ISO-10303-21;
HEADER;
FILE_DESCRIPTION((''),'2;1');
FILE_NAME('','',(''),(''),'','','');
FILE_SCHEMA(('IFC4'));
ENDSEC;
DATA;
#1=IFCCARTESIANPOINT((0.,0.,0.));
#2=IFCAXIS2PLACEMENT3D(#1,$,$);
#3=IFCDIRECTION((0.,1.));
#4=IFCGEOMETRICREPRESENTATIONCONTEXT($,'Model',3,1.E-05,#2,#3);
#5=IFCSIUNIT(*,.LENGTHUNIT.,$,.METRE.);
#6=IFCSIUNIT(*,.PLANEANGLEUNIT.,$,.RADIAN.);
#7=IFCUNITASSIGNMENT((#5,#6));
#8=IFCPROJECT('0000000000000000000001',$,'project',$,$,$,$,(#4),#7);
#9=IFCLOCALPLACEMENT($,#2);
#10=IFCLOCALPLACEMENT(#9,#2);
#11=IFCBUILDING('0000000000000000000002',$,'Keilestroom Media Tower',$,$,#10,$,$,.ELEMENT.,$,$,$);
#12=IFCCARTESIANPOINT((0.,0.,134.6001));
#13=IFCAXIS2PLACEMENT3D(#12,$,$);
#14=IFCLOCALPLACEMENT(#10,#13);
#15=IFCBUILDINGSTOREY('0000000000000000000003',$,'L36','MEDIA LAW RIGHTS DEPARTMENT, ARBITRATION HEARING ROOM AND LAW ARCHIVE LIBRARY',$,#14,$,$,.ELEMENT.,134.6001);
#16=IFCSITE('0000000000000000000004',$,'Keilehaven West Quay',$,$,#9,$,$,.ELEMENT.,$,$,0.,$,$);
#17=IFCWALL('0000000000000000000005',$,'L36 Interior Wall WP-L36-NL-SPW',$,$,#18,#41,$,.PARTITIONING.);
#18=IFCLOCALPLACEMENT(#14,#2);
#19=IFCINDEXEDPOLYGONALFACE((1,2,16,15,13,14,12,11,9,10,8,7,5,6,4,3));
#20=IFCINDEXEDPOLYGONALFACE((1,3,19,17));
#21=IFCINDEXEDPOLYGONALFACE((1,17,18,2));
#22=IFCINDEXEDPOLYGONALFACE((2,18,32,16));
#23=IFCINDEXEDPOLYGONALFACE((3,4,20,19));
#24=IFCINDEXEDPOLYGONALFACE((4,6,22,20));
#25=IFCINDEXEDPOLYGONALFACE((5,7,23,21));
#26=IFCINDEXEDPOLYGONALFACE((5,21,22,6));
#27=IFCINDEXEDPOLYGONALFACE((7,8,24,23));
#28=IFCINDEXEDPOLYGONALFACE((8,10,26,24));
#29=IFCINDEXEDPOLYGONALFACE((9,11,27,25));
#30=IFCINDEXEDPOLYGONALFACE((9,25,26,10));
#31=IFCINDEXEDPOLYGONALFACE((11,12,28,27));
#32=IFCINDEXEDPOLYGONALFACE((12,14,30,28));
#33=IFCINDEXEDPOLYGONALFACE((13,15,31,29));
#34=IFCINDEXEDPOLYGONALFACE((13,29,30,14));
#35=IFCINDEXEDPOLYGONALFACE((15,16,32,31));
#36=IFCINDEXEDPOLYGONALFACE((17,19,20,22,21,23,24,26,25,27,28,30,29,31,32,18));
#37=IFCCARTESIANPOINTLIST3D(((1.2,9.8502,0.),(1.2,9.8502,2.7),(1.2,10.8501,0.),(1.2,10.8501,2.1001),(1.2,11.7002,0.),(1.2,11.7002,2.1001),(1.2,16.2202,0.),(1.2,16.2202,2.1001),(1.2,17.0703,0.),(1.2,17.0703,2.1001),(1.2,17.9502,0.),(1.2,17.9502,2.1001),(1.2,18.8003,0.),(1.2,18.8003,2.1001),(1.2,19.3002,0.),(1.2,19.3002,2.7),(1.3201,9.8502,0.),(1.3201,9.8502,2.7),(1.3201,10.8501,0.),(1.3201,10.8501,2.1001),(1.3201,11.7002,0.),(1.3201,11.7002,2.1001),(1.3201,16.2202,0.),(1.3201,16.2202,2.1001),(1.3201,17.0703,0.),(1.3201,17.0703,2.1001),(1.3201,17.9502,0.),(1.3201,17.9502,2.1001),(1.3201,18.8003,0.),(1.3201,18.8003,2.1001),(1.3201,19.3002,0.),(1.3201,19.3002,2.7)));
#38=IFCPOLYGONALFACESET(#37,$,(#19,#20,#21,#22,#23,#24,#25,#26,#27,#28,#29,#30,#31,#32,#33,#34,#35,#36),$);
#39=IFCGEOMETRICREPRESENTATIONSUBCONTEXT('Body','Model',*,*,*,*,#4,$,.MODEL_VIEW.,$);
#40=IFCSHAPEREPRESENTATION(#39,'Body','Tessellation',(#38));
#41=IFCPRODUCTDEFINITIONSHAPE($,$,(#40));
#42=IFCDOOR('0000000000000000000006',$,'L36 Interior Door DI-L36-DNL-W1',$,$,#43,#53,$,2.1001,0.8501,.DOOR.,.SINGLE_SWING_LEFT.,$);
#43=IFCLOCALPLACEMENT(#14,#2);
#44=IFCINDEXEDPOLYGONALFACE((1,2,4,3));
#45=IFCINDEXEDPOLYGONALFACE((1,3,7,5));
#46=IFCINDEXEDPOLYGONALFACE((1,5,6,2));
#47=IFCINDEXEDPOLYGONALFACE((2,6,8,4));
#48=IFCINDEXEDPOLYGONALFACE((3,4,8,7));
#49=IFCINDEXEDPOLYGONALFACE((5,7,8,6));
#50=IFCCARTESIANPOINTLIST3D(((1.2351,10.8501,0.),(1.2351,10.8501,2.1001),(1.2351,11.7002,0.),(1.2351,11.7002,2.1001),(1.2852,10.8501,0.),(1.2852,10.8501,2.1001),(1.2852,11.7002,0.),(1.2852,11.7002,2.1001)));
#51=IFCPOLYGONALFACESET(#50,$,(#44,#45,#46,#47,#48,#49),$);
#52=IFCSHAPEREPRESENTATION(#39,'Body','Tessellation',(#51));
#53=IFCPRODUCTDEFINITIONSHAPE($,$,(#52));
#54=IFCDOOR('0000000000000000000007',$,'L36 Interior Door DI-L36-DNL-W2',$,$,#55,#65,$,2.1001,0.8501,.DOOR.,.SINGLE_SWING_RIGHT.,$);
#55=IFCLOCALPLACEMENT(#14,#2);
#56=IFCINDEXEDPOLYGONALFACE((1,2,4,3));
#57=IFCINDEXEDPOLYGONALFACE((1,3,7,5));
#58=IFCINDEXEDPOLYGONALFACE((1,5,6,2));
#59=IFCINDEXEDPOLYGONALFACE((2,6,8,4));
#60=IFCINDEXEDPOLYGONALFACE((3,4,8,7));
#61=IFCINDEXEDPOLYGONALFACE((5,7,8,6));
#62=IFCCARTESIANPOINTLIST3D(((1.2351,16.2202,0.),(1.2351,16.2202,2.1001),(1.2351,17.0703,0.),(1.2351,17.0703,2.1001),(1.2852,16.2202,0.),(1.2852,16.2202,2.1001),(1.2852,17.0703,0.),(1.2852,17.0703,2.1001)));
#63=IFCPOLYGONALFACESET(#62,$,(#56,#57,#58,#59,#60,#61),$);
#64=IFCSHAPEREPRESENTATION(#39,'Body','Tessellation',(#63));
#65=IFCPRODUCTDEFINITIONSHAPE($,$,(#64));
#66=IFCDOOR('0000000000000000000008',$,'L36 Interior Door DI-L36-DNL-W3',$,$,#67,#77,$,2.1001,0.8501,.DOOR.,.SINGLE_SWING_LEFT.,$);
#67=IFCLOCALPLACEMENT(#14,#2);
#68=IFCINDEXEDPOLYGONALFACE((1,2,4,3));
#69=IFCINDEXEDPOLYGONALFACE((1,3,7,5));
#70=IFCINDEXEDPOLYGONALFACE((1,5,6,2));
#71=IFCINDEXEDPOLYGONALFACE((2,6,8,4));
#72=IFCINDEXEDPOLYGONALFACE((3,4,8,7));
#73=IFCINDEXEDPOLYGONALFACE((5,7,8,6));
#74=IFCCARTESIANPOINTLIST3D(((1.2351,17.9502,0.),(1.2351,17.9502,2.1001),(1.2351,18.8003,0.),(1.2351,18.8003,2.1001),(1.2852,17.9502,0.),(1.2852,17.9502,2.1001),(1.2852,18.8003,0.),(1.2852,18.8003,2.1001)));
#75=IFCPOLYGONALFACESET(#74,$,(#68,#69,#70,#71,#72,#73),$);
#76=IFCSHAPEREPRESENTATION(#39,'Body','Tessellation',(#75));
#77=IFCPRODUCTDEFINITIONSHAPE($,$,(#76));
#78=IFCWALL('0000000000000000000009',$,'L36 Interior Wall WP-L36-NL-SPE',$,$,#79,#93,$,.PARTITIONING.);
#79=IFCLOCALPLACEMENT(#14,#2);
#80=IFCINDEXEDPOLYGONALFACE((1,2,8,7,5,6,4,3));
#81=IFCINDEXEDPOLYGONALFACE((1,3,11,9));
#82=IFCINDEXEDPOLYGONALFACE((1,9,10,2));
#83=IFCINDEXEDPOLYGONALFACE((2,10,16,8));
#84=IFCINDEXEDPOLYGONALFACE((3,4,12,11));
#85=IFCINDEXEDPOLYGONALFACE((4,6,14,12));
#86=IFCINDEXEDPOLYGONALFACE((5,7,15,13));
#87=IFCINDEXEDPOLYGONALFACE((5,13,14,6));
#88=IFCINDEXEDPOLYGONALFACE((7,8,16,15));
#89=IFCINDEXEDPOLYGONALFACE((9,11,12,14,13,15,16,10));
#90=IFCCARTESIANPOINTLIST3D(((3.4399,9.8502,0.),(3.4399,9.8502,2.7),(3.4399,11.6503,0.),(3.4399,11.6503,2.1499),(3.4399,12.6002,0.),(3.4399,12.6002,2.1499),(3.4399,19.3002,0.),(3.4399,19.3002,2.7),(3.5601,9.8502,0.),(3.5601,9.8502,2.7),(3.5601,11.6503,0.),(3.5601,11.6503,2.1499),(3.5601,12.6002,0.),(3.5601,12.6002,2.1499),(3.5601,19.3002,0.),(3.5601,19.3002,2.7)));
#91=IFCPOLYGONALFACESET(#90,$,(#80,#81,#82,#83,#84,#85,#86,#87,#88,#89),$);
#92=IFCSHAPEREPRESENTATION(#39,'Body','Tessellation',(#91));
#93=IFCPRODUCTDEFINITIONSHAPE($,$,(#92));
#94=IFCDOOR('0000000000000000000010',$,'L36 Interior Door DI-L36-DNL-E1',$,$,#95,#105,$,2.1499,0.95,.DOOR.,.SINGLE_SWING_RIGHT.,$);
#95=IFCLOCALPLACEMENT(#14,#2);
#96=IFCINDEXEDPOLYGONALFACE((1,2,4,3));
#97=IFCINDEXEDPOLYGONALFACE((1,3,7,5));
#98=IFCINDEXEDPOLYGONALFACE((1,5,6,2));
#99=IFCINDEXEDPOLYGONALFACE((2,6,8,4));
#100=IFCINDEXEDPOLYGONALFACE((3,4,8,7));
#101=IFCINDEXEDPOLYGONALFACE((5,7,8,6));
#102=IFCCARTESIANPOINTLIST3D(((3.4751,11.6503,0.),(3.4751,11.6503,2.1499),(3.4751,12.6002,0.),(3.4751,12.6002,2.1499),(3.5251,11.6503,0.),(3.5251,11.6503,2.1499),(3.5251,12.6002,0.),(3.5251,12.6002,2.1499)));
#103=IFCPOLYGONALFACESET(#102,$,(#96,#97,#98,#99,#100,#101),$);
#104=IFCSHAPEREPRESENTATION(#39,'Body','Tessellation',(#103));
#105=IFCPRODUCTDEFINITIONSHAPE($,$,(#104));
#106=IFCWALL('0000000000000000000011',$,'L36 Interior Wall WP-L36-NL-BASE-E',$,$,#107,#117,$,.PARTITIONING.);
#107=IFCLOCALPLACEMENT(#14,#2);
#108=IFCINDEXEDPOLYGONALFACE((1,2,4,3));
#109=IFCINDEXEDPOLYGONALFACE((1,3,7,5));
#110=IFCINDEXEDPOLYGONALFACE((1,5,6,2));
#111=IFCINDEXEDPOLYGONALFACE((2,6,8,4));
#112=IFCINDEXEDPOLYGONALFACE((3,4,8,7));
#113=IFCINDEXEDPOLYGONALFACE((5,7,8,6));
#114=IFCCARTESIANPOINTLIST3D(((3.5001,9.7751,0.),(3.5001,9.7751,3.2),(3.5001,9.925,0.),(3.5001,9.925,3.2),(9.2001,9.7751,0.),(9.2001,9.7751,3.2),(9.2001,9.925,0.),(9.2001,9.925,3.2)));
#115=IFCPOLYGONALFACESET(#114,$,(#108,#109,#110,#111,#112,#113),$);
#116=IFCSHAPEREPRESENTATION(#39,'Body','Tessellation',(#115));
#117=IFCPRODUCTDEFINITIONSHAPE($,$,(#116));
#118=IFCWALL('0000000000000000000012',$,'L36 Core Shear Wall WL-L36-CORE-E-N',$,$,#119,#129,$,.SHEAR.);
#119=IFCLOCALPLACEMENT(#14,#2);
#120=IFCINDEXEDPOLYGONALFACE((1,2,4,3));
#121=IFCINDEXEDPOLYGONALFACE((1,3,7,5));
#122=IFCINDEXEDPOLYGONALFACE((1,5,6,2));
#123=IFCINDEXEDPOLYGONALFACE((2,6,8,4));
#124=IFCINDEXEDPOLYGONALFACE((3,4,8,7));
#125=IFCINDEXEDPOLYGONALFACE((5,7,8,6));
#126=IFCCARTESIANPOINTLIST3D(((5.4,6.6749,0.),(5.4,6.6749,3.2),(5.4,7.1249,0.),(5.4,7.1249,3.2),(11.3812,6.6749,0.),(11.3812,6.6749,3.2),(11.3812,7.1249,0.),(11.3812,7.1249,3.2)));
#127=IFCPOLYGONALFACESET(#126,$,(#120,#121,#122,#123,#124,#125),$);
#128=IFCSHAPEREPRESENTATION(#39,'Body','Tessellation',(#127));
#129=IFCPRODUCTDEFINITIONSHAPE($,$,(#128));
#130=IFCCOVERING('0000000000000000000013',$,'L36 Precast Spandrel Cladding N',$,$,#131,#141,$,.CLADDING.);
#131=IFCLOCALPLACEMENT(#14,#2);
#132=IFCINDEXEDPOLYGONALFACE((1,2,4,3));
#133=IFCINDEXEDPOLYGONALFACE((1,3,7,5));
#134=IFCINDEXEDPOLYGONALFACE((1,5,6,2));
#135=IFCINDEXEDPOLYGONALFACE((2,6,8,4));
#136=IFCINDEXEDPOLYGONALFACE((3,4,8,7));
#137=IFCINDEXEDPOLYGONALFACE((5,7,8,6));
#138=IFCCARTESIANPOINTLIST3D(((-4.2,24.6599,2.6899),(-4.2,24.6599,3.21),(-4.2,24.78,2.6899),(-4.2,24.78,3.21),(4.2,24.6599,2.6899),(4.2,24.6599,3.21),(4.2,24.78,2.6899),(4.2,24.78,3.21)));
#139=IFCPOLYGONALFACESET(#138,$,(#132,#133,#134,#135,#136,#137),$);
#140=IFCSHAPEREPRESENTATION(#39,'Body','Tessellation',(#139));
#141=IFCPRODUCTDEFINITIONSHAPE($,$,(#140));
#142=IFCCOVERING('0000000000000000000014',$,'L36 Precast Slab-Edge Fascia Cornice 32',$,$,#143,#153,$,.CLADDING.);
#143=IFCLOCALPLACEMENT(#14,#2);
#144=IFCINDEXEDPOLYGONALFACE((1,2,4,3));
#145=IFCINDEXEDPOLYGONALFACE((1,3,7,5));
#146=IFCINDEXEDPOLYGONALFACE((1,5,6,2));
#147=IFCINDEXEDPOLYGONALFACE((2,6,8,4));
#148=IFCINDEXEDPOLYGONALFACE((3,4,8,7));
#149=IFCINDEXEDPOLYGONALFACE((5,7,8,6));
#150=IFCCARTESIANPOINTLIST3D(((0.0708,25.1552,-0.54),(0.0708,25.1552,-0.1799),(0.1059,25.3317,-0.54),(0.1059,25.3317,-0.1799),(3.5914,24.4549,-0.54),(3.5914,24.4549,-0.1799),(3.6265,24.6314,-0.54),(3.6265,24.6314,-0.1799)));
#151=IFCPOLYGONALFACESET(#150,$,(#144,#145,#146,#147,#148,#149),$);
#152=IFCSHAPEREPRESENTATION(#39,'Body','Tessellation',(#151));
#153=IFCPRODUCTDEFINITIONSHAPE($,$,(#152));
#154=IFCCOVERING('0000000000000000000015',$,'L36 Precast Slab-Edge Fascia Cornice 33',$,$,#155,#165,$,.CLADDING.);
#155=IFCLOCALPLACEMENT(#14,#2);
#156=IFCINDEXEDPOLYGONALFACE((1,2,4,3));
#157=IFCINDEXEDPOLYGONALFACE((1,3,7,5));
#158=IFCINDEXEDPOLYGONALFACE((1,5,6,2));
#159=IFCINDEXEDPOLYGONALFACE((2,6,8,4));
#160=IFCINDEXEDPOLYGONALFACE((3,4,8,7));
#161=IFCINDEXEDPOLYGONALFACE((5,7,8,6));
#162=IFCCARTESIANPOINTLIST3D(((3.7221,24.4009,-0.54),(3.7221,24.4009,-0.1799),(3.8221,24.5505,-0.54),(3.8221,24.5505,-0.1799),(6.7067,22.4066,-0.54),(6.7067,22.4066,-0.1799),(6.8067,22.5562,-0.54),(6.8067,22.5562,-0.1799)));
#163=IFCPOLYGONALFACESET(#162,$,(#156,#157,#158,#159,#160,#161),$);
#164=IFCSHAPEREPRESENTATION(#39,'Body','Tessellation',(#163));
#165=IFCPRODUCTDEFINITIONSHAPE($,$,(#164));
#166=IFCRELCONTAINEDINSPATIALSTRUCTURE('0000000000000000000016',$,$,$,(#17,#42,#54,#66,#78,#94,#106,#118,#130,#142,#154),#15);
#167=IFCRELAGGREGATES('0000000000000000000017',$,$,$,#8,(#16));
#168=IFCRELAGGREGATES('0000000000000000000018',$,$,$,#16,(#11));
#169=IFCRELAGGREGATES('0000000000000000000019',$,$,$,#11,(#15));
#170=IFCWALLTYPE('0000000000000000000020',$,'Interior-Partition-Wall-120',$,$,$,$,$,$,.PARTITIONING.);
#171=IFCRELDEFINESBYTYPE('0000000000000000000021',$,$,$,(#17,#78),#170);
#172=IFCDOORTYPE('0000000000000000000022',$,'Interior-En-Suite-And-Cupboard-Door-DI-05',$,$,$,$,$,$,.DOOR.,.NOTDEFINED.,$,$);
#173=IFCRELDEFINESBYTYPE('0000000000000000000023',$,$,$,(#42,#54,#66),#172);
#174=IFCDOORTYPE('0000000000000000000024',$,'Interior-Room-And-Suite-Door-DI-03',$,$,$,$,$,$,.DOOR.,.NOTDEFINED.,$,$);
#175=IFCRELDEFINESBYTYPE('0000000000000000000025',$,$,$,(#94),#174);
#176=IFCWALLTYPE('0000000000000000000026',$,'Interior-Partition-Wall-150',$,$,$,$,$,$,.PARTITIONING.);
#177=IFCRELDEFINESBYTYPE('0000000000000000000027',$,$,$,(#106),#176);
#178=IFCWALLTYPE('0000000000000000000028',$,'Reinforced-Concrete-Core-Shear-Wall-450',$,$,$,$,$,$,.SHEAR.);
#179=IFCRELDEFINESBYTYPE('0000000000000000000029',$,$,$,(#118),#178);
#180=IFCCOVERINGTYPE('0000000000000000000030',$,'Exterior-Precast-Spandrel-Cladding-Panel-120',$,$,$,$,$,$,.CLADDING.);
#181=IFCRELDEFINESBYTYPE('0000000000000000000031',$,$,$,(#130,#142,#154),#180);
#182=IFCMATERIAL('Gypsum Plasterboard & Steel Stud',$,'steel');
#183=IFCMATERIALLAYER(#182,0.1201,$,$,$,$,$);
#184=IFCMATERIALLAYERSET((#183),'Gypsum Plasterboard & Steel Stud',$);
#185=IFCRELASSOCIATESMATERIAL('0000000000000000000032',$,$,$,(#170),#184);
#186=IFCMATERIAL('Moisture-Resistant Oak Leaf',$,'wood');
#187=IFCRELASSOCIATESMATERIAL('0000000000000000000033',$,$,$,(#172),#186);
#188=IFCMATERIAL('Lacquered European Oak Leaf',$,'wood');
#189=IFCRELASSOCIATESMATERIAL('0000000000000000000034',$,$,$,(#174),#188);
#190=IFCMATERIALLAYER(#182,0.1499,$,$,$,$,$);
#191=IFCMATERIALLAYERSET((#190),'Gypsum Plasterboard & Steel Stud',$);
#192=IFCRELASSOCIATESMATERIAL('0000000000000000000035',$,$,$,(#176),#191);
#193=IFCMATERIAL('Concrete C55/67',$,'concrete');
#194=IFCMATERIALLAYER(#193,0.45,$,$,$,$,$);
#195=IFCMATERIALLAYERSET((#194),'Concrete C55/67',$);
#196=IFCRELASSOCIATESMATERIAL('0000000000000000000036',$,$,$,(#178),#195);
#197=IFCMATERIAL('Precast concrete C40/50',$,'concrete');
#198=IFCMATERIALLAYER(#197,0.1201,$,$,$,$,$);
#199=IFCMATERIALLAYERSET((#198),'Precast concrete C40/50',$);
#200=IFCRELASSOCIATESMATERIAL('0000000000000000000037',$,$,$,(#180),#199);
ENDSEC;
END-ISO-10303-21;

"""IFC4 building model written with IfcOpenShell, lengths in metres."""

from ifc_helpers import new_model, si_unit, direction, frame, frame_2d, origin, origin_2d, place, context, subcontext, project, spatial, rectangle, extrude, source, transform, mapped, material, layer, layer_set, type_object, element, fill, save


model = new_model("IFC4")

# Units and contexts
model_context = context("Model", 3, precision=1e-05, world=origin(), true_north=direction((0.0, 1.0)))
body_context = subcontext(model_context, "Body", "Model", "MODEL_VIEW")
ifc_project = project(units=[si_unit("LENGTHUNIT", "METRE"), si_unit("PLANEANGLEUNIT", "RADIAN")], contexts=[model_context])

# Site, building, storey
site_placement = place(None, origin())
site = spatial("IfcSite", under=ifc_project, at=site_placement, Name="Keilehaven West Quay", CompositionType="ELEMENT", RefElevation=0.0)
building_placement = place(site_placement, origin())
building = spatial("IfcBuilding", under=site, at=building_placement, Name="Keilestroom Media Tower", CompositionType="ELEMENT")
storey_placement = place(building_placement, frame((0.0, 0.0, 134.6001)))
storey = spatial("IfcBuildingStorey", under=building, at=storey_placement, Name="L36", Description="MEDIA LAW RIGHTS DEPARTMENT, ARBITRATION HEARING ROOM AND LAW ARCHIVE LIBRARY", CompositionType="ELEMENT", Elevation=134.6001)

# Shared definitions
ifc_material_1 = material(Name="Concrete C55/67", Category="concrete")

# Shared definitions
ifc_material_2 = material(Name="Precast concrete C40/50", Category="concrete")

# Wall, openings, doors
ifc_material_3 = material(Name="Gypsum Plasterboard & Steel Stud", Category="steel")
ifc_layer_1 = layer(ifc_material_3, 0.1201)
ifc_layer_set_1 = layer_set([ifc_layer_1], Name="Gypsum Plasterboard & Steel Stud")
wall_type_1 = type_object("IfcWallType", Name="Interior-Partition-Wall-120", PredefinedType="PARTITIONING", material=ifc_layer_set_1)
wall_1_placement = place(storey_placement, frame((1.26, 9.8501, 0.0), z_axis=(0.0, 0.0, 1.0), x_axis=(0.0, 1.0, 0.0)))
wall_1 = element("IfcWall", 1, at=wall_1_placement, inside=storey, type_object=wall_type_1, Name="L36 Interior Wall WP-L36-NL-SPW", PredefinedType="PARTITIONING", context=body_context, shape_type="SweptSolid", body=[
    extrude(rectangle(XDim=9.45, YDim=0.1201, at=frame_2d((4.7251, 0.0))), origin(), (0.0, 0.0, 1.0), 2.7),
])
opening_1_placement = place(wall_1_placement, frame((1.0, 0.0, 0.0)))
opening_1 = element("IfcOpeningElement", 2, at=opening_1_placement, cuts=wall_1, PredefinedType="OPENING", context=body_context, shape_type="SweptSolid", body=[
    extrude(rectangle(XDim=0.8501, YDim=2.1001, at=frame_2d((0.425, 1.05))), frame((0.0, 0.0701, 0.0), z_axis=(0.0, -1.0, 0.0), x_axis=(1.0, 0.0, 0.0)), (0.0, 0.0, 1.0), 0.1401),
])
opening_2_placement = place(wall_1_placement, frame((6.3701, 0.0, 0.0)))
opening_2 = element("IfcOpeningElement", 3, at=opening_2_placement, cuts=wall_1, PredefinedType="OPENING", context=body_context, shape_type="SweptSolid", body=[
    extrude(rectangle(XDim=0.8501, YDim=2.1001, at=frame_2d((0.425, 1.05))), frame((0.0, 0.0701, 0.0), z_axis=(0.0, -1.0, 0.0), x_axis=(1.0, 0.0, 0.0)), (0.0, 0.0, 1.0), 0.1401),
])
opening_3_placement = place(wall_1_placement, frame((8.1001, 0.0, 0.0)))
opening_3 = element("IfcOpeningElement", 4, at=opening_3_placement, cuts=wall_1, PredefinedType="OPENING", context=body_context, shape_type="SweptSolid", body=[
    extrude(rectangle(XDim=0.8501, YDim=2.1001, at=frame_2d((0.425, 1.05))), frame((0.0, 0.0701, 0.0), z_axis=(0.0, -1.0, 0.0), x_axis=(1.0, 0.0, 0.0)), (0.0, 0.0, 1.0), 0.1401),
])
ifc_material_4 = material(Name="Moisture-Resistant Oak Leaf", Category="wood")
door_type_1 = type_object("IfcDoorType", Name="Interior-En-Suite-And-Cupboard-Door-DI-05", OperationType="NOTDEFINED", PredefinedType="DOOR", material=ifc_material_4)
shared_shape_1 = source(origin(), body_context, "Body", "SweptSolid", [
    extrude(rectangle(XDim=0.8501, YDim=2.1001, at=frame_2d((0.425, 1.05))), frame((0.0, 0.0249, 0.0), z_axis=(0.0, -1.0, 0.0), x_axis=(1.0, 0.0, 0.0)), (0.0, 0.0, 1.0), 0.05),
])
door_1_placement = place(opening_1_placement, origin())
door_1 = element("IfcDoor", 5, at=door_1_placement, inside=storey, type_object=door_type_1, Name="L36 Interior Door DI-L36-DNL-W1", OperationType="SINGLE_SWING_LEFT", OverallHeight=2.1001, OverallWidth=0.8501, PredefinedType="DOOR", context=body_context, shape_type="MappedRepresentation", body=[
    mapped(shared_shape_1, transform((0.0, 0.0, 0.0), x_axis=(1.0, 0.0, 0.0), y_axis=(0.0, 1.0, 0.0), z_axis=(0.0, 0.0, 1.0), scale=1.0)),
])
fill(opening_1, door_1)
door_2_placement = place(opening_2_placement, origin())
door_2 = element("IfcDoor", 6, at=door_2_placement, inside=storey, type_object=door_type_1, Name="L36 Interior Door DI-L36-DNL-W2", OperationType="SINGLE_SWING_RIGHT", OverallHeight=2.1001, OverallWidth=0.8501, PredefinedType="DOOR", context=body_context, shape_type="MappedRepresentation", body=[
    mapped(shared_shape_1, transform((0.0, 0.0, 0.0), x_axis=(1.0, 0.0, 0.0), y_axis=(0.0, 1.0, 0.0), z_axis=(0.0, 0.0, 1.0), scale=1.0)),
])
fill(opening_2, door_2)
door_3_placement = place(opening_3_placement, origin())
door_3 = element("IfcDoor", 7, at=door_3_placement, inside=storey, type_object=door_type_1, Name="L36 Interior Door DI-L36-DNL-W3", OperationType="SINGLE_SWING_LEFT", OverallHeight=2.1001, OverallWidth=0.8501, PredefinedType="DOOR", context=body_context, shape_type="MappedRepresentation", body=[
    mapped(shared_shape_1, transform((0.0, 0.0, 0.0), x_axis=(1.0, 0.0, 0.0), y_axis=(0.0, 1.0, 0.0), z_axis=(0.0, 0.0, 1.0), scale=1.0)),
])
fill(opening_3, door_3)

# Wall, opening, door
wall_2_placement = place(storey_placement, frame((3.5, 9.8501, 0.0), z_axis=(0.0, 0.0, 1.0), x_axis=(0.0, 1.0, 0.0)))
wall_2 = element("IfcWall", 8, at=wall_2_placement, inside=storey, type_object=wall_type_1, Name="L36 Interior Wall WP-L36-NL-SPE", PredefinedType="PARTITIONING", context=body_context, shape_type="SweptSolid", body=[
    extrude(rectangle(XDim=9.45, YDim=0.1201, at=frame_2d((4.7251, 0.0))), origin(), (0.0, 0.0, 1.0), 2.7),
])
opening_4_placement = place(wall_2_placement, frame((1.8, 0.0, 0.0)))
opening_4 = element("IfcOpeningElement", 9, at=opening_4_placement, cuts=wall_2, PredefinedType="OPENING", context=body_context, shape_type="SweptSolid", body=[
    extrude(rectangle(XDim=0.95, YDim=2.1499, at=frame_2d((0.4751, 1.075))), frame((0.0, 0.0701, 0.0), z_axis=(0.0, -1.0, 0.0), x_axis=(1.0, 0.0, 0.0)), (0.0, 0.0, 1.0), 0.1401),
])
ifc_material_5 = material(Name="Lacquered European Oak Leaf", Category="wood")
door_type_2 = type_object("IfcDoorType", Name="Interior-Room-And-Suite-Door-DI-03", OperationType="NOTDEFINED", PredefinedType="DOOR", material=ifc_material_5)
shared_shape_2 = source(origin(), body_context, "Body", "SweptSolid", [
    extrude(rectangle(XDim=0.95, YDim=2.1499, at=frame_2d((0.4751, 1.075))), frame((0.0, 0.0249, 0.0), z_axis=(0.0, -1.0, 0.0), x_axis=(1.0, 0.0, 0.0)), (0.0, 0.0, 1.0), 0.05),
])
door_4_placement = place(opening_4_placement, origin())
door_4 = element("IfcDoor", 10, at=door_4_placement, inside=storey, type_object=door_type_2, Name="L36 Interior Door DI-L36-DNL-E1", OperationType="SINGLE_SWING_RIGHT", OverallHeight=2.1499, OverallWidth=0.95, PredefinedType="DOOR", context=body_context, shape_type="MappedRepresentation", body=[
    mapped(shared_shape_2, transform((0.0, 0.0, 0.0), x_axis=(1.0, 0.0, 0.0), y_axis=(0.0, 1.0, 0.0), z_axis=(0.0, 0.0, 1.0), scale=1.0)),
])
fill(opening_4, door_4)

# Walls
ifc_layer_2 = layer(ifc_material_3, 0.1499)
ifc_layer_set_2 = layer_set([ifc_layer_2], Name="Gypsum Plasterboard & Steel Stud")
wall_type_2 = type_object("IfcWallType", Name="Interior-Partition-Wall-150", PredefinedType="PARTITIONING", material=ifc_layer_set_2)
wall_3_placement = place(storey_placement, frame((3.5, 9.8501, 0.0), z_axis=(0.0, 0.0, 1.0), x_axis=(1.0, 0.0, 0.0)))
element("IfcWall", 11, at=wall_3_placement, inside=storey, type_object=wall_type_2, Name="L36 Interior Wall WP-L36-NL-BASE-E", PredefinedType="PARTITIONING", context=body_context, shape_type="SweptSolid", body=[
    extrude(rectangle(XDim=5.7, YDim=0.1499, at=frame_2d((2.8501, 0.0))), origin(), (0.0, 0.0, 1.0), 3.2),
])
ifc_layer_3 = layer(ifc_material_1, 0.45)
ifc_layer_set_3 = layer_set([ifc_layer_3], Name="Concrete C55/67")
wall_type_3 = type_object("IfcWallType", Name="Reinforced-Concrete-Core-Shear-Wall-450", PredefinedType="SHEAR", material=ifc_layer_set_3)
wall_4_placement = place(storey_placement, frame((5.3999, 6.8999, 0.0), z_axis=(0.0, 0.0, 1.0), x_axis=(1.0, 0.0, 0.0)))
element("IfcWall", 12, at=wall_4_placement, inside=storey, type_object=wall_type_3, Name="L36 Core Shear Wall WL-L36-CORE-E-N", PredefinedType="SHEAR", context=body_context, shape_type="SweptSolid", body=[
    extrude(rectangle(XDim=5.9812, YDim=0.45, at=frame_2d((2.9907, 0.0))), origin(), (0.0, 0.0, 1.0), 3.2),
])

# Coverings
ifc_layer_4 = layer(ifc_material_2, 0.1201)
ifc_layer_set_4 = layer_set([ifc_layer_4], Name="Precast concrete C40/50")
covering_type = type_object("IfcCoveringType", Name="Exterior-Precast-Spandrel-Cladding-Panel-120", PredefinedType="CLADDING", material=ifc_layer_set_4)
shared_shape_3 = source(origin(), body_context, "Body", "SweptSolid", [
    extrude(rectangle(XDim=8.3999, YDim=0.1201, at=origin_2d()), origin(), (0.0, 0.0, 1.0), 0.52),
])
covering_placement = place(storey_placement, frame((0.0, 24.72, 2.6899), z_axis=(0.0, 0.0, 1.0), x_axis=(1.0, 0.0, 0.0)))
element("IfcCovering", 13, at=covering_placement, inside=storey, type_object=covering_type, Name="L36 Precast Spandrel Cladding N", PredefinedType="CLADDING", context=body_context, shape_type="MappedRepresentation", body=[
    mapped(shared_shape_3, transform((0.0, 0.0, 0.0), x_axis=(1.0, 0.0, 0.0), y_axis=(0.0, 1.0, 0.0), z_axis=(0.0, 0.0, 1.0), scale=1.0)),
])
shared_shape_4 = source(origin(), body_context, "Body", "SweptSolid", [
    extrude(rectangle(XDim=3.5896, YDim=0.1799, at=origin_2d()), origin(), (0.0, 0.0, 1.0), 0.3601),
])
for number, where, z_axis, x_axis, name in (
    (14, (1.8486, 24.8933, -0.54), (0.0, 0.0, 1.0), (0.980784, -0.195099, 0.0), "L36 Precast Slab-Edge Fascia Cornice 32"),
    (15, (5.2644, 23.4785, -0.54), (0.0, 0.0, 1.0), (0.831467, -0.555575, 0.0), "L36 Precast Slab-Edge Fascia Cornice 33"),
):
    element("IfcCovering", number, at=place(storey_placement, frame(where, z_axis=z_axis, x_axis=x_axis)), inside=storey, type_object=covering_type, Name=name, PredefinedType="CLADDING", context=body_context, shape_type="MappedRepresentation", body=[
        mapped(shared_shape_4, transform((0.0, 0.0, 0.0), x_axis=(1.0, 0.0, 0.0), y_axis=(0.0, 1.0, 0.0), z_axis=(0.0, 0.0, 1.0), scale=1.0)),
    ])

save(model, "model.ifc")
